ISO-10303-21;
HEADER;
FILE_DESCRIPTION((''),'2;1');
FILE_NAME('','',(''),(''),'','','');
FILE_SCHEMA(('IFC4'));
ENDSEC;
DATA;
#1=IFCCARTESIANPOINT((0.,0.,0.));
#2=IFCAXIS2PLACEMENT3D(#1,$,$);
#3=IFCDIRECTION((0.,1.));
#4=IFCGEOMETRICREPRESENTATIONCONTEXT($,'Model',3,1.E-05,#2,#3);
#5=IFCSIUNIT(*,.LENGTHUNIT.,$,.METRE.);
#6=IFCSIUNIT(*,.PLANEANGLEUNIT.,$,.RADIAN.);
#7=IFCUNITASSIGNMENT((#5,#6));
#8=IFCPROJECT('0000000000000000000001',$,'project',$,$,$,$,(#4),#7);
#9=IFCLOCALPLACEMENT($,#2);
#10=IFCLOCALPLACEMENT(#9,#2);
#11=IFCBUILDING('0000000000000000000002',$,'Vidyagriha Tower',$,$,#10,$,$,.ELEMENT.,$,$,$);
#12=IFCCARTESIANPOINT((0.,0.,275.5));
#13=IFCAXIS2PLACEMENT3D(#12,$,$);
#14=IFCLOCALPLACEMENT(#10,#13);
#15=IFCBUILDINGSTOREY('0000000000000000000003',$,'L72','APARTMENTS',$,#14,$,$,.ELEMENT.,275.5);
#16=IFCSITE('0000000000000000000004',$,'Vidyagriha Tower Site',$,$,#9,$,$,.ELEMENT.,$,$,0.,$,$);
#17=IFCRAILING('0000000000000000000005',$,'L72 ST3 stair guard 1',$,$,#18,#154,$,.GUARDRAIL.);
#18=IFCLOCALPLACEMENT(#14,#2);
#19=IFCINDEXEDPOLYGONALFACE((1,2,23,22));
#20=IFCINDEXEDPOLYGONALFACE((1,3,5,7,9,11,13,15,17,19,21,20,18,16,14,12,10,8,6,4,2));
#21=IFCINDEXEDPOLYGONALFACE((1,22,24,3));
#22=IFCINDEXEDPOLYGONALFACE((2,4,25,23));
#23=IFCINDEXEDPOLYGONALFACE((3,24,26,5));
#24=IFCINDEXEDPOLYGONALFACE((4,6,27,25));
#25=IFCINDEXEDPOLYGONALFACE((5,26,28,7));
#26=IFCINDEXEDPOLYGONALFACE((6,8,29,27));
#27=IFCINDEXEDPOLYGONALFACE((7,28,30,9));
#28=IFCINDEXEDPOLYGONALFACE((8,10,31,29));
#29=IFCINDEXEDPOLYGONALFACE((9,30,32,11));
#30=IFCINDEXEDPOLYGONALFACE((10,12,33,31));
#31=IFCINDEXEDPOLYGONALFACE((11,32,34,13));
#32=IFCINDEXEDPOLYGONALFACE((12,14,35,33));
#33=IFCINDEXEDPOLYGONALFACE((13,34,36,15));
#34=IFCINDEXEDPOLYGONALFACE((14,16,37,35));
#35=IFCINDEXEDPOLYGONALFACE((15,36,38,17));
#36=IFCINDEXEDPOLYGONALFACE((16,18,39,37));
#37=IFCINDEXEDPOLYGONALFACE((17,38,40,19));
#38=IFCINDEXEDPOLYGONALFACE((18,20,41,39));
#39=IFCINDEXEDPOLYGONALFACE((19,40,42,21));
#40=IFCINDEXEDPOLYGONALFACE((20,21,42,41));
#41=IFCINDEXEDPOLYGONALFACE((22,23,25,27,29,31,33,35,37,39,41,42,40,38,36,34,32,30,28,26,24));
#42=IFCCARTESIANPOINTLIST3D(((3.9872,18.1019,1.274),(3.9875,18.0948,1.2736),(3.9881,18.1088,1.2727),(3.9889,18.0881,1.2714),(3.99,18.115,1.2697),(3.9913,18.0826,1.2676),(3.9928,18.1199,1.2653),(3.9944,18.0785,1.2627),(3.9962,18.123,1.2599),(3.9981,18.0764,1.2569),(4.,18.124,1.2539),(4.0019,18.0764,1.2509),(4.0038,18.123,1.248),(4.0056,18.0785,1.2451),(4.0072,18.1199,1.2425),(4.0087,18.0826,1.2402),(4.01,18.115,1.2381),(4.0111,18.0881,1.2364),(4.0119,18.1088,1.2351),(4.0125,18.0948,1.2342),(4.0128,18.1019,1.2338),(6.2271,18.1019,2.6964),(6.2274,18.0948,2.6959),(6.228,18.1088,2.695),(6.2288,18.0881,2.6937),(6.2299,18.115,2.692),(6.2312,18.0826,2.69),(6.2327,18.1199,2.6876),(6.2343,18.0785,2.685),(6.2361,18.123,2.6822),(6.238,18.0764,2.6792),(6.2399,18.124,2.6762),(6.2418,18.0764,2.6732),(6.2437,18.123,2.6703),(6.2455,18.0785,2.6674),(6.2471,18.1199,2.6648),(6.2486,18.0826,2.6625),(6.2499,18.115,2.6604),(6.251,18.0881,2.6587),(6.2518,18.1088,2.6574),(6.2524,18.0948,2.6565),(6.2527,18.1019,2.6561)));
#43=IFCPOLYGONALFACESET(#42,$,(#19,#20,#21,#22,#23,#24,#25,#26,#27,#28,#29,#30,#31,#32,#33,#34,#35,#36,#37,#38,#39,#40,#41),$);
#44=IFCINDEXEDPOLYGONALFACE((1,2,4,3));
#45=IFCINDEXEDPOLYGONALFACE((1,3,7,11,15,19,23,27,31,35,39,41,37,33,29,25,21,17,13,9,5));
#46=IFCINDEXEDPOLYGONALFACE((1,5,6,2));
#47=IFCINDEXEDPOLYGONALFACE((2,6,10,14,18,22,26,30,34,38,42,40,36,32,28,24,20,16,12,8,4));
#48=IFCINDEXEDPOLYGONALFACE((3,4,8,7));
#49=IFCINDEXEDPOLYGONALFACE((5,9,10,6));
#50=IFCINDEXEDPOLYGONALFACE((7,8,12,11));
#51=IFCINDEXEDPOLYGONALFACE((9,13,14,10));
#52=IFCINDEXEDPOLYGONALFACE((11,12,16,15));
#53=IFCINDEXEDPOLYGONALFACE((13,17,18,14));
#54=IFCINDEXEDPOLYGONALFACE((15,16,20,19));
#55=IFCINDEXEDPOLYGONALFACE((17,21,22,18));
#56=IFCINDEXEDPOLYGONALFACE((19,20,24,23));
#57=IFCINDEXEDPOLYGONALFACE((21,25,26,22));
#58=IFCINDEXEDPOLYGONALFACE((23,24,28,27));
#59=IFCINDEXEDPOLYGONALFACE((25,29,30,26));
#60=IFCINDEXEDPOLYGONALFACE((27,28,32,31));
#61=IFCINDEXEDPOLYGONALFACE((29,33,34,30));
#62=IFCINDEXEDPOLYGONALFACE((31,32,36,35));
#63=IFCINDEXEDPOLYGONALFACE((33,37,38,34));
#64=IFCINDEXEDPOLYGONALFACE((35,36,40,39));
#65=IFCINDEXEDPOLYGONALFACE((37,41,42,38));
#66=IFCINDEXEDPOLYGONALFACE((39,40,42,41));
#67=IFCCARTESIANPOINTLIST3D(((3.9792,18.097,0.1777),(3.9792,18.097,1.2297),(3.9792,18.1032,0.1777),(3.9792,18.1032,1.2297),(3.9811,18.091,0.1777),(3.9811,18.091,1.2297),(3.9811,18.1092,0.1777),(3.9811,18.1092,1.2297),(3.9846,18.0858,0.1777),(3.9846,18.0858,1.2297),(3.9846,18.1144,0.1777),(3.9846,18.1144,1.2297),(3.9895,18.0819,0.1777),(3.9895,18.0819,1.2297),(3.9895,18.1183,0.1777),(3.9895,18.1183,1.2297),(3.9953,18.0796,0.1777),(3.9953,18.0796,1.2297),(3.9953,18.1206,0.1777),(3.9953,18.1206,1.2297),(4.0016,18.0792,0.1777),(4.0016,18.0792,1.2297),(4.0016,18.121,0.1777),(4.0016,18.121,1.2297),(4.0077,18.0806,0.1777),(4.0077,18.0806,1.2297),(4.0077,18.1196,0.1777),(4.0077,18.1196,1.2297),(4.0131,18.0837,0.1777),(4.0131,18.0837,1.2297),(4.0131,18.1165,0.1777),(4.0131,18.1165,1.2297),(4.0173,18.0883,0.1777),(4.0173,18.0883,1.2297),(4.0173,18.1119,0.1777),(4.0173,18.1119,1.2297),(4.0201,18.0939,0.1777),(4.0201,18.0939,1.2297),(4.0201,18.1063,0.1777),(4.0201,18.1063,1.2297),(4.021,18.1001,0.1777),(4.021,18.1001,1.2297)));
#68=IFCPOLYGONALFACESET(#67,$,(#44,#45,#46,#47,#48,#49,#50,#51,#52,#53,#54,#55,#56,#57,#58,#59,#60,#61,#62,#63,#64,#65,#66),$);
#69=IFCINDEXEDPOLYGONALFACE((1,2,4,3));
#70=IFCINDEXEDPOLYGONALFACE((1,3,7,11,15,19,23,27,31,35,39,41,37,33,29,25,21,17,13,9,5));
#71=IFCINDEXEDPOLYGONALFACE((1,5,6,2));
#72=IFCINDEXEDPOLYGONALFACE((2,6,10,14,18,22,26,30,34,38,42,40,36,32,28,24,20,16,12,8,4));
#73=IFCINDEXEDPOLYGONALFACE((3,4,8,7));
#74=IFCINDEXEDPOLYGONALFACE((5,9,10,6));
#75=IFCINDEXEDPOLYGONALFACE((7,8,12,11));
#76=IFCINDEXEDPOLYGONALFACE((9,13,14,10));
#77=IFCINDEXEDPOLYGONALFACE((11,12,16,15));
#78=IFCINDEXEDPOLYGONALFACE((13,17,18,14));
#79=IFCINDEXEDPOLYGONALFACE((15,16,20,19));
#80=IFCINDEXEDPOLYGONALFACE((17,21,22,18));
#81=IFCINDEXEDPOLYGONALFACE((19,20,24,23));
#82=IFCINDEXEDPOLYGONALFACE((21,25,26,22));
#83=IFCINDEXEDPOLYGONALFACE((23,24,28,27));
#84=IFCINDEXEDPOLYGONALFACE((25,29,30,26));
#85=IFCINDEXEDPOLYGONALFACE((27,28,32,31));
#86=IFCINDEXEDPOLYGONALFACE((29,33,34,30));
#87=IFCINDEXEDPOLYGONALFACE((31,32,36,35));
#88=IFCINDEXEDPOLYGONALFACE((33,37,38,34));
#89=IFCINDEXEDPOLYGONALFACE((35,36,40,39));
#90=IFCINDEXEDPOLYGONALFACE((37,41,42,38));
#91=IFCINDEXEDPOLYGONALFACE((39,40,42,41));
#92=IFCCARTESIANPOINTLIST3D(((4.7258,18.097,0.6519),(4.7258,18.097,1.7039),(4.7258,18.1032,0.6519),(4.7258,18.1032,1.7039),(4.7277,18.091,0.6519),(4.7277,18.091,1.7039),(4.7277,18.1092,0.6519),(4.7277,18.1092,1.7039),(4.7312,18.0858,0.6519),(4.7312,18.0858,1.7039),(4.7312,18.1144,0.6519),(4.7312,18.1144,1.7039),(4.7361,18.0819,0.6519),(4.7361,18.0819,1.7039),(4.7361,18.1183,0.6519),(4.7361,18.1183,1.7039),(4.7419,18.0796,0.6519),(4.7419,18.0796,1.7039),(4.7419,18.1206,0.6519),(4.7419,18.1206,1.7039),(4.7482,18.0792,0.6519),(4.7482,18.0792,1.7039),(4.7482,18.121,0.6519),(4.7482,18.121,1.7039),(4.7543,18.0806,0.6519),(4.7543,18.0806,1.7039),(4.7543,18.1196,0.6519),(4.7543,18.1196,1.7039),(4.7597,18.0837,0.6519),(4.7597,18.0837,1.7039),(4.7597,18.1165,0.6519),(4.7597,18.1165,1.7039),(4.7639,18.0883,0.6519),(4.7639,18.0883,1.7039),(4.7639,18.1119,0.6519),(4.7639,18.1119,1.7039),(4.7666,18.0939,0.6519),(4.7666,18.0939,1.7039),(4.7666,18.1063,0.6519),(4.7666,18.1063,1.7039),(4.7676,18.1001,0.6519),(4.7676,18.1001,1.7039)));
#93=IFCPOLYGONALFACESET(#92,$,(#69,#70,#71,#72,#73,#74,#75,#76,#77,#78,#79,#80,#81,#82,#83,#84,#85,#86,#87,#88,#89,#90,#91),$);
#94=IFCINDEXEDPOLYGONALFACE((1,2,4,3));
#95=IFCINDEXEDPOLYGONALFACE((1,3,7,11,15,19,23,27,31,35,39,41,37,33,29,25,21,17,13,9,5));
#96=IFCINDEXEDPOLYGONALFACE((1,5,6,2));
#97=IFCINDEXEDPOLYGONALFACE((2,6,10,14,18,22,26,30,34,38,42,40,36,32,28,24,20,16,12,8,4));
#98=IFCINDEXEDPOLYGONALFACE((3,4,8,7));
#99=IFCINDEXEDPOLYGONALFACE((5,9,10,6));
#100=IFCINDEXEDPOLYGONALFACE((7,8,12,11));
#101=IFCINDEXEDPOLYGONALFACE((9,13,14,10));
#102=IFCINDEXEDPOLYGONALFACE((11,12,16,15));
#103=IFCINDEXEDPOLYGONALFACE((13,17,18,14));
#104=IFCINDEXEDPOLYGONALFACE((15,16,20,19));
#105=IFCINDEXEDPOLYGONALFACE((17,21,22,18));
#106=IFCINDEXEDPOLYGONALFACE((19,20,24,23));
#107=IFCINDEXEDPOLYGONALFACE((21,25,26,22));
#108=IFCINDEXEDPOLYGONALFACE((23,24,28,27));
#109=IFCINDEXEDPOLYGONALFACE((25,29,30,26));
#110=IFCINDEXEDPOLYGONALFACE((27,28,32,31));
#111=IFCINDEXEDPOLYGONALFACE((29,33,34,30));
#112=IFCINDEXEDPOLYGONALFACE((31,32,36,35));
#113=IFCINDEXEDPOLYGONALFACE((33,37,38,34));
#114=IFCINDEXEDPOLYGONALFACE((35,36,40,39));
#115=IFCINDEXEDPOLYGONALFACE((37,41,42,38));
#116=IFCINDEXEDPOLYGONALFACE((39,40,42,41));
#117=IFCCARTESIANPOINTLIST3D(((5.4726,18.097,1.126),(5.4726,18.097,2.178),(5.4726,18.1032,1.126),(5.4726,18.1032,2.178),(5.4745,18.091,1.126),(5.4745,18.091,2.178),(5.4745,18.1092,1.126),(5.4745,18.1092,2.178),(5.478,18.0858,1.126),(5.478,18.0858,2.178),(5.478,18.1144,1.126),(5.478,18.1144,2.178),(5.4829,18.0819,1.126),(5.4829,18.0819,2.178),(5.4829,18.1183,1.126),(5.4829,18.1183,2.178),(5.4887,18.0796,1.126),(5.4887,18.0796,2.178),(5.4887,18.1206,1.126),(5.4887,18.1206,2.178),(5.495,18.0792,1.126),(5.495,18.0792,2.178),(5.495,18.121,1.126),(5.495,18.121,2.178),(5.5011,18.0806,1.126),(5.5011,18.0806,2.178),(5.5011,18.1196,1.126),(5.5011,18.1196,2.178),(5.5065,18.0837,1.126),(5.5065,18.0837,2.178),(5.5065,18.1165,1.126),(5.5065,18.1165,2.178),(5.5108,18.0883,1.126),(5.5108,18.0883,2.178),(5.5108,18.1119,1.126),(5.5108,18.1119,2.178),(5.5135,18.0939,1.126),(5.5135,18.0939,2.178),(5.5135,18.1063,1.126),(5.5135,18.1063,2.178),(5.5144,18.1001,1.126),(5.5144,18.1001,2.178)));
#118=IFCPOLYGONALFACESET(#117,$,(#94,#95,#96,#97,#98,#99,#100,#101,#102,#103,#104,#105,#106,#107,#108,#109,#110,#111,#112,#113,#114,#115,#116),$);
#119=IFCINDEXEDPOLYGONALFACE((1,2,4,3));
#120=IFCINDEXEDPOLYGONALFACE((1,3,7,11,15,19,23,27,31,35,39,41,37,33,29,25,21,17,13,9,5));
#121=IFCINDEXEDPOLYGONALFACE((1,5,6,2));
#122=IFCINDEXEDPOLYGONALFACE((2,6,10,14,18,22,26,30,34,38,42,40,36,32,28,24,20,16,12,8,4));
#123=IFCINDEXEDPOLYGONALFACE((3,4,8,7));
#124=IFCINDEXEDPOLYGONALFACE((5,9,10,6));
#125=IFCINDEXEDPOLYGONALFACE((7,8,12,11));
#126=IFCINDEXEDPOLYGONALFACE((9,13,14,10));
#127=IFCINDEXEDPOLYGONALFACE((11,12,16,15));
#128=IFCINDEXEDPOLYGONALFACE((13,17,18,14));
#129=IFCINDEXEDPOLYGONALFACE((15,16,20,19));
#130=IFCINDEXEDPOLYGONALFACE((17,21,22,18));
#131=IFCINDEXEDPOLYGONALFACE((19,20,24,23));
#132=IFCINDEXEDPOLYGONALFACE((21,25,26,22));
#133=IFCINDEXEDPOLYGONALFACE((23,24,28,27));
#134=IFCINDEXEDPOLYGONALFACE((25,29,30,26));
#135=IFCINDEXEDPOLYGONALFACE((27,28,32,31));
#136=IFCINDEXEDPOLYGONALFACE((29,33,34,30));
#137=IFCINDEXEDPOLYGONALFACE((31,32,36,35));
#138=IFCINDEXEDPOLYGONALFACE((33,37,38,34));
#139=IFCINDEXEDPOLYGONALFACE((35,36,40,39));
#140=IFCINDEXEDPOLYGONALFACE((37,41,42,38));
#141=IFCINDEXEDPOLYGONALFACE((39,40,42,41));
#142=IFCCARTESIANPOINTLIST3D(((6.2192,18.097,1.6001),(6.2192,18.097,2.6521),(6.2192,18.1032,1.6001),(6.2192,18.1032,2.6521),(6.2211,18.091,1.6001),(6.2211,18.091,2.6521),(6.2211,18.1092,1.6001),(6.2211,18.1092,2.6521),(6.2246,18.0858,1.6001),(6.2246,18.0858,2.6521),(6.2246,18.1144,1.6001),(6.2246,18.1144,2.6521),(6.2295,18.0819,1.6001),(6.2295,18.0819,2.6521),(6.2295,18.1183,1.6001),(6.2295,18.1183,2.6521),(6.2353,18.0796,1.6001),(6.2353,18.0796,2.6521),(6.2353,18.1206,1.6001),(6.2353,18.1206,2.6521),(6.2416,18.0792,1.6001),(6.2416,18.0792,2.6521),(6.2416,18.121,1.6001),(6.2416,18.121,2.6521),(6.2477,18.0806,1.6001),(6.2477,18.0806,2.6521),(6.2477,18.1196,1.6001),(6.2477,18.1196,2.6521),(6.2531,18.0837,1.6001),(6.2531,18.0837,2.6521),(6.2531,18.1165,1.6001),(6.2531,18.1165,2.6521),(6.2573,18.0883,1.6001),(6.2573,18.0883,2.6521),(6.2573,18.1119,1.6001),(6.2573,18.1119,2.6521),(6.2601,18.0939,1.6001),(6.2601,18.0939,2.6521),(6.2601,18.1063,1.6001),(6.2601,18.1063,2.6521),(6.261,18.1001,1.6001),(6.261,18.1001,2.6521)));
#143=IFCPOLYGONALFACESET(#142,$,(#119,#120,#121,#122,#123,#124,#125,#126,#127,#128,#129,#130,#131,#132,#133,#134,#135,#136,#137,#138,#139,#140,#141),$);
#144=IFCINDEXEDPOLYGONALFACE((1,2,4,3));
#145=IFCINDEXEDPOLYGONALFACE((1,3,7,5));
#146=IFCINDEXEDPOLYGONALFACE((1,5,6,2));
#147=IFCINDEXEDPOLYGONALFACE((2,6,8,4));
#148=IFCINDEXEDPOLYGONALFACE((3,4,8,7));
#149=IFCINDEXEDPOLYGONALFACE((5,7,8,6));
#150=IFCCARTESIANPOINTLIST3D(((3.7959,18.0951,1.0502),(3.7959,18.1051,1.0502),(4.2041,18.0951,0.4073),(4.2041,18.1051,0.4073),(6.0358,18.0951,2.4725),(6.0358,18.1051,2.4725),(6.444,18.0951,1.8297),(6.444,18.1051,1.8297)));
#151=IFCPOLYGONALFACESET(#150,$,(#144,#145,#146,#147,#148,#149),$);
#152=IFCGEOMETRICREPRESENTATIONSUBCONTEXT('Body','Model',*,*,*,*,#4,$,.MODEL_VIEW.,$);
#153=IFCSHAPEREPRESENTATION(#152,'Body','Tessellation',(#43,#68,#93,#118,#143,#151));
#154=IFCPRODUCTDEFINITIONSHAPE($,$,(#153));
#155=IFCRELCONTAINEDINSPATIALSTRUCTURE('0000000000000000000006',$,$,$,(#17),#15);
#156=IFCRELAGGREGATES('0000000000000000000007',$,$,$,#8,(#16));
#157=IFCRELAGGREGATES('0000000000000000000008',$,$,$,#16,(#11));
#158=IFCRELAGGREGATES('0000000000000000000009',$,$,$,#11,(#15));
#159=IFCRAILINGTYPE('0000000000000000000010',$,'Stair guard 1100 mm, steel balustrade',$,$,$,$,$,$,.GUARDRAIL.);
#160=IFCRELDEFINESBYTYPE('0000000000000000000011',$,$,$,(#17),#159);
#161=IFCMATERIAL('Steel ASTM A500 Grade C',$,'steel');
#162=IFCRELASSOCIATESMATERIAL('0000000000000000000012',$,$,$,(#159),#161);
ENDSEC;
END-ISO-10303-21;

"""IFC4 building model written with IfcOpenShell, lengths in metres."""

from ifc_helpers import new_model, si_unit, direction, frame, origin, origin_2d, place, context, subcontext, project, spatial, rectangle, circle, extrude, material, type_object, element, save


model = new_model("IFC4")

# Units and contexts
model_context = context("Model", 3, precision=1e-05, world=origin(), true_north=direction((0.0, 1.0)))
body_context = subcontext(model_context, "Body", "Model", "MODEL_VIEW")
ifc_project = project(units=[si_unit("LENGTHUNIT", "METRE"), si_unit("PLANEANGLEUNIT", "RADIAN")], contexts=[model_context])

# Site, building, storey
site_placement = place(None, origin())
site = spatial("IfcSite", under=ifc_project, at=site_placement, Name="Vidyagriha Tower Site", CompositionType="ELEMENT", RefElevation=0.0)
building_placement = place(site_placement, origin())
building = spatial("IfcBuilding", under=site, at=building_placement, Name="Vidyagriha Tower", CompositionType="ELEMENT")
storey_placement = place(building_placement, frame((0.0, 0.0, 275.5)))
storey = spatial("IfcBuildingStorey", under=building, at=storey_placement, Name="L72", Description="APARTMENTS", CompositionType="ELEMENT", Elevation=275.5)

# Railing
ifc_material_1 = material(Name="Steel ASTM A500 Grade C", Category="steel")
railing_type_1 = type_object("IfcRailingType", Name="Stair guard 1100 mm, steel balustrade", PredefinedType="GUARDRAIL", material=ifc_material_1)
railing_1_placement = place(storey_placement, frame((4.0, 18.1001, 0.1777)))
element("IfcRailing", 1, at=railing_1_placement, inside=storey, type_object=railing_type_1, Name="L72 ST3 stair guard 1", PredefinedType="GUARDRAIL", context=body_context, shape_type="SweptSolid", body=[
    extrude(circle(Radius=0.0239, at=origin_2d()), frame((0.0, 0.0, 1.0762), z_axis=(0.844188, 0.0, 0.536048), x_axis=(0.0, 1.0, 0.0)), (0.0, 0.0, 1.0), 2.6533),
    extrude(circle(Radius=0.021, at=origin_2d()), origin(), (0.0, 0.0, 1.0), 1.052),
    extrude(circle(Radius=0.021, at=origin_2d()), frame((0.7466, 0.0, 0.4741)), (0.0, 0.0, 1.0), 1.052),
    extrude(circle(Radius=0.021, at=origin_2d()), frame((1.4934, 0.0, 0.9482)), (0.0, 0.0, 1.0), 1.052),
    extrude(circle(Radius=0.021, at=origin_2d()), frame((2.24, 0.0, 1.4224)), (0.0, 0.0, 1.0), 1.052),
    extrude(rectangle(XDim=0.01, YDim=0.7615, at=origin_2d()), frame((0.0, 0.0, 0.551), z_axis=(0.844188, 0.0, 0.536048), x_axis=(0.0, 1.0, 0.0)), (0.0, 0.0, 1.0), 2.6533),
])

save(model, "model.ifc")
